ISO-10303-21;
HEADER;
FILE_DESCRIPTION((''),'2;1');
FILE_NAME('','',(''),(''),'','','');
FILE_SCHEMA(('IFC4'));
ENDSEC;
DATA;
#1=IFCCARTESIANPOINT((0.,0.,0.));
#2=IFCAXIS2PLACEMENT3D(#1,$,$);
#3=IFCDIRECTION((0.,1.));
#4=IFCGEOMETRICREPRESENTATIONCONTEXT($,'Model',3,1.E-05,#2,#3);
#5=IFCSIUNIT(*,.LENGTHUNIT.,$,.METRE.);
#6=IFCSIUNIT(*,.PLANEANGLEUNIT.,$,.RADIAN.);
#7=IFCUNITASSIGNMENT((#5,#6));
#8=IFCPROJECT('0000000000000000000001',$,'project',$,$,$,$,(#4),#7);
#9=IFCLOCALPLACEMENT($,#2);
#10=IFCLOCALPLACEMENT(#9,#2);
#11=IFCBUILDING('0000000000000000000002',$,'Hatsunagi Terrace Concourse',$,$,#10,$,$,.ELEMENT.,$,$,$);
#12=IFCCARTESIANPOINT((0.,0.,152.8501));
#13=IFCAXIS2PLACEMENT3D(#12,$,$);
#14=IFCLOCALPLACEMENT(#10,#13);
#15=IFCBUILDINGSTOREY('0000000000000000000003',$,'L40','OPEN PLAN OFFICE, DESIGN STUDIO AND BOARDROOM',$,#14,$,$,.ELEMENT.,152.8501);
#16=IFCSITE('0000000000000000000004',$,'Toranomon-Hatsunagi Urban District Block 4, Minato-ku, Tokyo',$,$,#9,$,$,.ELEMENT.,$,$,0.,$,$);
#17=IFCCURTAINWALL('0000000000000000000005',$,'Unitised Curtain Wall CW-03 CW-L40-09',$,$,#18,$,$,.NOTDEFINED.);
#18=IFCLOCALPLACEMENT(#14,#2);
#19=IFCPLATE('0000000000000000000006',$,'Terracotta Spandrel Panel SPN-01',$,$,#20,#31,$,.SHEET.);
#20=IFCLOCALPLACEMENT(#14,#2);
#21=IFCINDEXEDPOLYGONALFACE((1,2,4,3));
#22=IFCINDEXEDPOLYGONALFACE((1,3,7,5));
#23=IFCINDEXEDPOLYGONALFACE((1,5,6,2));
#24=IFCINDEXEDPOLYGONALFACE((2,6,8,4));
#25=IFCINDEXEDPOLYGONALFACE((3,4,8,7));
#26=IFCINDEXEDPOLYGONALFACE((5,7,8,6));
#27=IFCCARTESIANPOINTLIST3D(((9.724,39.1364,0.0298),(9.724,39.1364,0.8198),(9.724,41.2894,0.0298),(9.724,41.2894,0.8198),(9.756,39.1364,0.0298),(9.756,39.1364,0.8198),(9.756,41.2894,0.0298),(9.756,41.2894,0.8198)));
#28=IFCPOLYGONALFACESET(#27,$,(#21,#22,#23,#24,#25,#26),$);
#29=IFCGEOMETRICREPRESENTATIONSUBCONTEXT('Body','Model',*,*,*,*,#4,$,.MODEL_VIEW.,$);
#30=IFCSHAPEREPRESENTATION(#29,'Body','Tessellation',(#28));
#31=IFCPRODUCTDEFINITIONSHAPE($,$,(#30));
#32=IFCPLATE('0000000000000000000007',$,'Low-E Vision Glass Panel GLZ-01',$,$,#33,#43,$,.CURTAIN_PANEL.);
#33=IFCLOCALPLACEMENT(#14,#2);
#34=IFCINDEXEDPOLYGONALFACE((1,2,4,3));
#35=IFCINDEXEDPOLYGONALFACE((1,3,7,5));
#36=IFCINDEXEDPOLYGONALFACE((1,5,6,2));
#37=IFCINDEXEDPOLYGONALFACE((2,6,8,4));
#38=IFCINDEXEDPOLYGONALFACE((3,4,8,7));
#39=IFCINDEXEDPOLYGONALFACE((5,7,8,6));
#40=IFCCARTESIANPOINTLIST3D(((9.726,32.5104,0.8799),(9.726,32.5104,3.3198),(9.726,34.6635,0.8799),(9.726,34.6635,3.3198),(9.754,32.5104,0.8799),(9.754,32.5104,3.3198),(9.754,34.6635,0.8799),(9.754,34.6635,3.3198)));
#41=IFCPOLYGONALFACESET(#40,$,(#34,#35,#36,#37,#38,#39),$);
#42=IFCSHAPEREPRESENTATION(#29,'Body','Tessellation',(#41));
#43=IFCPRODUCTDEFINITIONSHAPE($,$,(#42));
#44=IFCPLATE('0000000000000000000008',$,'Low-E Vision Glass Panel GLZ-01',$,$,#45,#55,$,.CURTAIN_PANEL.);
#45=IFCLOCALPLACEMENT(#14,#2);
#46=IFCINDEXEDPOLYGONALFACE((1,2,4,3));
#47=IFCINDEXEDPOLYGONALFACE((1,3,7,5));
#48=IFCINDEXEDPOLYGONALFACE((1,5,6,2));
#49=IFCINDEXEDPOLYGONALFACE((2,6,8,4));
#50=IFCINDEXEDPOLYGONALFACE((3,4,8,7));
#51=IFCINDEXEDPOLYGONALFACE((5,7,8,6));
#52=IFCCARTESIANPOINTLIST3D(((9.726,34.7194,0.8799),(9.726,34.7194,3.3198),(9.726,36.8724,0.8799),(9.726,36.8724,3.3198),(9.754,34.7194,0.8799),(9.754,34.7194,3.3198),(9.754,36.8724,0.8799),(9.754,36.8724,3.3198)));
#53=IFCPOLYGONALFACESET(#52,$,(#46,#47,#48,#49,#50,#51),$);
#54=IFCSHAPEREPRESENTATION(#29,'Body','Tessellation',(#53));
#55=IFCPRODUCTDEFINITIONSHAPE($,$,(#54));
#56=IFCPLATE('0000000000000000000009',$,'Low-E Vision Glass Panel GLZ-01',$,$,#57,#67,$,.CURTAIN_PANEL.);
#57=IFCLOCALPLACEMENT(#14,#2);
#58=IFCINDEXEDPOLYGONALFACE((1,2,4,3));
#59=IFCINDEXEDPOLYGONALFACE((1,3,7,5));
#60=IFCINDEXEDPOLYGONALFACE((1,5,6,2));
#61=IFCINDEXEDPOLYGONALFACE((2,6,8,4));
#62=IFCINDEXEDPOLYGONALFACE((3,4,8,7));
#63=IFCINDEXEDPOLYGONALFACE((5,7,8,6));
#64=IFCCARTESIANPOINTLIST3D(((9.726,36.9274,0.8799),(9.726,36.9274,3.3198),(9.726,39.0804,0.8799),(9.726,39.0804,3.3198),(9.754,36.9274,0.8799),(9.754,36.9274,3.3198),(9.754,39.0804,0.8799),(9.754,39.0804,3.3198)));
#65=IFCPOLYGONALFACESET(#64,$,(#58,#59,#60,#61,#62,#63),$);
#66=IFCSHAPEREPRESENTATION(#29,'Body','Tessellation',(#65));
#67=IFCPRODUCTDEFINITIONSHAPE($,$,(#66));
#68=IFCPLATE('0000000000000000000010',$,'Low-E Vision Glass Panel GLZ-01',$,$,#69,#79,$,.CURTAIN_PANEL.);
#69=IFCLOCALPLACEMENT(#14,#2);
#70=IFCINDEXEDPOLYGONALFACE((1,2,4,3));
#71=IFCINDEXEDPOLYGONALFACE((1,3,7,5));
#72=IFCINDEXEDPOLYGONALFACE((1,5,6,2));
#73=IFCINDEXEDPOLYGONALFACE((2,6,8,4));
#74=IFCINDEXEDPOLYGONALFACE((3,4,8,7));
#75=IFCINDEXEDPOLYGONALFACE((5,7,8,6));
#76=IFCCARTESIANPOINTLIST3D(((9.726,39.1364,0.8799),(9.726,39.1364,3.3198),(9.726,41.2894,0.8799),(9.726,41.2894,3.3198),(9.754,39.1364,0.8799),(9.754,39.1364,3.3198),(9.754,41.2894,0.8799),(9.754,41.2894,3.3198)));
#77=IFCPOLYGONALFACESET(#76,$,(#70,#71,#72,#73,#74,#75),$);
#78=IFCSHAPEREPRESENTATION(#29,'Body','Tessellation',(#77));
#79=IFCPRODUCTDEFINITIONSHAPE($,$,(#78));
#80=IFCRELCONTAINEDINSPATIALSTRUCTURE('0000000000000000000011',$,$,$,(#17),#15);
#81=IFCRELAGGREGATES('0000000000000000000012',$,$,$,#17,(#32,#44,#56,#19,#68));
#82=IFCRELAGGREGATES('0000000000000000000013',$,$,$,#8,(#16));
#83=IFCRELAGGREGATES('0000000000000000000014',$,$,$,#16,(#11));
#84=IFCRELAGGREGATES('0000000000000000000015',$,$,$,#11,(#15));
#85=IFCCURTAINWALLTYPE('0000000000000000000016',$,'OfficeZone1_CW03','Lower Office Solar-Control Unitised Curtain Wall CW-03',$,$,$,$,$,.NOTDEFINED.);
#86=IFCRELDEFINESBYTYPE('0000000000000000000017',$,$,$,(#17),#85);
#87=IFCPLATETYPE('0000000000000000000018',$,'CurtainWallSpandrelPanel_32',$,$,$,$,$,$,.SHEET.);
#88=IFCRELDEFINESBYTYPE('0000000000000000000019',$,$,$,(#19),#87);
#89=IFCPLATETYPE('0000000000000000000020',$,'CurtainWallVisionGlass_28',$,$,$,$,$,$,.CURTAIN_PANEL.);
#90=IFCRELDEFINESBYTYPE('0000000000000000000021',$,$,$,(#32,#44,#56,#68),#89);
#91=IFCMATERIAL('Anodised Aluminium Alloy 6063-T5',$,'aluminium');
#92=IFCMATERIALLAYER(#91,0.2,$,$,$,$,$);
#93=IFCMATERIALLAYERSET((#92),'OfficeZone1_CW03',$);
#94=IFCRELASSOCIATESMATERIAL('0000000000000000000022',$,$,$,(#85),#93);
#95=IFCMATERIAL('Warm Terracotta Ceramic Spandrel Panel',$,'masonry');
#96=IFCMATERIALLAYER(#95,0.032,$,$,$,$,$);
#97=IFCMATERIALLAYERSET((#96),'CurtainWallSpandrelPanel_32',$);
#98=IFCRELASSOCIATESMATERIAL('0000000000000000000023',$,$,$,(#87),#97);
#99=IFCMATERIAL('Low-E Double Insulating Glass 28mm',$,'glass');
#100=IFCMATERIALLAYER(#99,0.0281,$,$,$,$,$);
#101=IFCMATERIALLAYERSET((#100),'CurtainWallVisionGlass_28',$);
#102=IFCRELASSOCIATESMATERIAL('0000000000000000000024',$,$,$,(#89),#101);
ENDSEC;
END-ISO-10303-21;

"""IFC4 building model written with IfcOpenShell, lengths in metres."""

from ifc_helpers import new_model, si_unit, direction, frame, origin, origin_2d, place, context, subcontext, project, spatial, rectangle, extrude, material, layer, layer_set, type_object, element, aggregate, save


model = new_model("IFC4")

# Units and contexts
model_context = context("Model", 3, precision=1e-05, world=origin(), true_north=direction((0.0, 1.0)))
body_context = subcontext(model_context, "Body", "Model", "MODEL_VIEW")
ifc_project = project(units=[si_unit("LENGTHUNIT", "METRE"), si_unit("PLANEANGLEUNIT", "RADIAN")], contexts=[model_context])

# Site, building, storey
site_placement = place(None, origin())
site = spatial("IfcSite", under=ifc_project, at=site_placement, Name="Toranomon-Hatsunagi Urban District Block 4, Minato-ku, Tokyo", CompositionType="ELEMENT", RefElevation=0.0)
building_placement = place(site_placement, origin())
building = spatial("IfcBuilding", under=site, at=building_placement, Name="Hatsunagi Terrace Concourse", CompositionType="ELEMENT")
storey_placement = place(building_placement, frame((0.0, 0.0, 152.8501)))
storey = spatial("IfcBuildingStorey", under=building, at=storey_placement, Name="L40", Description="OPEN PLAN OFFICE, DESIGN STUDIO AND BOARDROOM", CompositionType="ELEMENT", Elevation=152.8501)

# Curtain wall
ifc_material_1 = material(Name="Anodised Aluminium Alloy 6063-T5", Category="aluminium")
ifc_layer_1 = layer(ifc_material_1, 0.2)
ifc_layer_set_1 = layer_set([ifc_layer_1], Name="OfficeZone1_CW03")
curtain_wall_type = type_object("IfcCurtainWallType", Name="OfficeZone1_CW03", Description="Lower Office Solar-Control Unitised Curtain Wall CW-03", PredefinedType="NOTDEFINED", material=ifc_layer_set_1)
curtain_wall_placement = place(storey_placement, origin())
curtain_wall = element("IfcCurtainWall", 1, at=curtain_wall_placement, inside=storey, type_object=curtain_wall_type, Name="Unitised Curtain Wall CW-03 CW-L40-09", PredefinedType="NOTDEFINED")

# Plates
ifc_material_2 = material(Name="Warm Terracotta Ceramic Spandrel Panel", Category="masonry")
ifc_layer_2 = layer(ifc_material_2, 0.032)
ifc_layer_set_2 = layer_set([ifc_layer_2], Name="CurtainWallSpandrelPanel_32")
plate_type_1 = type_object("IfcPlateType", Name="CurtainWallSpandrelPanel_32", PredefinedType="SHEET", material=ifc_layer_set_2)
plate_1_placement = place(storey_placement, frame((9.74, 40.2129, 0.0298), z_axis=(0.0, 0.0, 1.0), x_axis=(0.0, 1.0, 0.0)))
plate_1 = element("IfcPlate", 2, at=plate_1_placement, type_object=plate_type_1, Name="Terracotta Spandrel Panel SPN-01", PredefinedType="SHEET", context=body_context, shape_type="SweptSolid", body=[
    extrude(rectangle(XDim=2.1531, YDim=0.032, at=origin_2d()), origin(), (0.0, 0.0, 1.0), 0.79),
])
ifc_material_3 = material(Name="Low-E Double Insulating Glass 28mm", Category="glass")
ifc_layer_3 = layer(ifc_material_3, 0.0281)
ifc_layer_set_3 = layer_set([ifc_layer_3], Name="CurtainWallVisionGlass_28")
plate_type_2 = type_object("IfcPlateType", Name="CurtainWallVisionGlass_28", PredefinedType="CURTAIN_PANEL", material=ifc_layer_set_3)
plate_2_placement = place(storey_placement, frame((9.74, 33.5869, 0.8799), z_axis=(0.0, 0.0, 1.0), x_axis=(0.0, 1.0, 0.0)))
plate_2 = element("IfcPlate", 3, at=plate_2_placement, type_object=plate_type_2, Name="Low-E Vision Glass Panel GLZ-01", PredefinedType="CURTAIN_PANEL", context=body_context, shape_type="SweptSolid", body=[
    extrude(rectangle(XDim=2.1531, YDim=0.0281, at=origin_2d()), origin(), (0.0, 0.0, 1.0), 2.4399),
])
plate_3_placement = place(storey_placement, frame((9.74, 35.7959, 0.8799), z_axis=(0.0, 0.0, 1.0), x_axis=(0.0, 1.0, 0.0)))
plate_3 = element("IfcPlate", 4, at=plate_3_placement, type_object=plate_type_2, Name="Low-E Vision Glass Panel GLZ-01", PredefinedType="CURTAIN_PANEL", context=body_context, shape_type="SweptSolid", body=[
    extrude(rectangle(XDim=2.1531, YDim=0.0281, at=origin_2d()), origin(), (0.0, 0.0, 1.0), 2.4399),
])
plate_4_placement = place(storey_placement, frame((9.74, 38.0039, 0.8799), z_axis=(0.0, 0.0, 1.0), x_axis=(0.0, 1.0, 0.0)))
plate_4 = element("IfcPlate", 5, at=plate_4_placement, type_object=plate_type_2, Name="Low-E Vision Glass Panel GLZ-01", PredefinedType="CURTAIN_PANEL", context=body_context, shape_type="SweptSolid", body=[
    extrude(rectangle(XDim=2.1531, YDim=0.0281, at=origin_2d()), origin(), (0.0, 0.0, 1.0), 2.4399),
])
plate_5_placement = place(storey_placement, frame((9.74, 40.2129, 0.8799), z_axis=(0.0, 0.0, 1.0), x_axis=(0.0, 1.0, 0.0)))
plate_5 = element("IfcPlate", 6, at=plate_5_placement, type_object=plate_type_2, Name="Low-E Vision Glass Panel GLZ-01", PredefinedType="CURTAIN_PANEL", context=body_context, shape_type="SweptSolid", body=[
    extrude(rectangle(XDim=2.1531, YDim=0.0281, at=origin_2d()), origin(), (0.0, 0.0, 1.0), 2.4399),
])
aggregate(curtain_wall, [plate_2, plate_3, plate_4, plate_1, plate_5])

save(model, "model.ifc")
